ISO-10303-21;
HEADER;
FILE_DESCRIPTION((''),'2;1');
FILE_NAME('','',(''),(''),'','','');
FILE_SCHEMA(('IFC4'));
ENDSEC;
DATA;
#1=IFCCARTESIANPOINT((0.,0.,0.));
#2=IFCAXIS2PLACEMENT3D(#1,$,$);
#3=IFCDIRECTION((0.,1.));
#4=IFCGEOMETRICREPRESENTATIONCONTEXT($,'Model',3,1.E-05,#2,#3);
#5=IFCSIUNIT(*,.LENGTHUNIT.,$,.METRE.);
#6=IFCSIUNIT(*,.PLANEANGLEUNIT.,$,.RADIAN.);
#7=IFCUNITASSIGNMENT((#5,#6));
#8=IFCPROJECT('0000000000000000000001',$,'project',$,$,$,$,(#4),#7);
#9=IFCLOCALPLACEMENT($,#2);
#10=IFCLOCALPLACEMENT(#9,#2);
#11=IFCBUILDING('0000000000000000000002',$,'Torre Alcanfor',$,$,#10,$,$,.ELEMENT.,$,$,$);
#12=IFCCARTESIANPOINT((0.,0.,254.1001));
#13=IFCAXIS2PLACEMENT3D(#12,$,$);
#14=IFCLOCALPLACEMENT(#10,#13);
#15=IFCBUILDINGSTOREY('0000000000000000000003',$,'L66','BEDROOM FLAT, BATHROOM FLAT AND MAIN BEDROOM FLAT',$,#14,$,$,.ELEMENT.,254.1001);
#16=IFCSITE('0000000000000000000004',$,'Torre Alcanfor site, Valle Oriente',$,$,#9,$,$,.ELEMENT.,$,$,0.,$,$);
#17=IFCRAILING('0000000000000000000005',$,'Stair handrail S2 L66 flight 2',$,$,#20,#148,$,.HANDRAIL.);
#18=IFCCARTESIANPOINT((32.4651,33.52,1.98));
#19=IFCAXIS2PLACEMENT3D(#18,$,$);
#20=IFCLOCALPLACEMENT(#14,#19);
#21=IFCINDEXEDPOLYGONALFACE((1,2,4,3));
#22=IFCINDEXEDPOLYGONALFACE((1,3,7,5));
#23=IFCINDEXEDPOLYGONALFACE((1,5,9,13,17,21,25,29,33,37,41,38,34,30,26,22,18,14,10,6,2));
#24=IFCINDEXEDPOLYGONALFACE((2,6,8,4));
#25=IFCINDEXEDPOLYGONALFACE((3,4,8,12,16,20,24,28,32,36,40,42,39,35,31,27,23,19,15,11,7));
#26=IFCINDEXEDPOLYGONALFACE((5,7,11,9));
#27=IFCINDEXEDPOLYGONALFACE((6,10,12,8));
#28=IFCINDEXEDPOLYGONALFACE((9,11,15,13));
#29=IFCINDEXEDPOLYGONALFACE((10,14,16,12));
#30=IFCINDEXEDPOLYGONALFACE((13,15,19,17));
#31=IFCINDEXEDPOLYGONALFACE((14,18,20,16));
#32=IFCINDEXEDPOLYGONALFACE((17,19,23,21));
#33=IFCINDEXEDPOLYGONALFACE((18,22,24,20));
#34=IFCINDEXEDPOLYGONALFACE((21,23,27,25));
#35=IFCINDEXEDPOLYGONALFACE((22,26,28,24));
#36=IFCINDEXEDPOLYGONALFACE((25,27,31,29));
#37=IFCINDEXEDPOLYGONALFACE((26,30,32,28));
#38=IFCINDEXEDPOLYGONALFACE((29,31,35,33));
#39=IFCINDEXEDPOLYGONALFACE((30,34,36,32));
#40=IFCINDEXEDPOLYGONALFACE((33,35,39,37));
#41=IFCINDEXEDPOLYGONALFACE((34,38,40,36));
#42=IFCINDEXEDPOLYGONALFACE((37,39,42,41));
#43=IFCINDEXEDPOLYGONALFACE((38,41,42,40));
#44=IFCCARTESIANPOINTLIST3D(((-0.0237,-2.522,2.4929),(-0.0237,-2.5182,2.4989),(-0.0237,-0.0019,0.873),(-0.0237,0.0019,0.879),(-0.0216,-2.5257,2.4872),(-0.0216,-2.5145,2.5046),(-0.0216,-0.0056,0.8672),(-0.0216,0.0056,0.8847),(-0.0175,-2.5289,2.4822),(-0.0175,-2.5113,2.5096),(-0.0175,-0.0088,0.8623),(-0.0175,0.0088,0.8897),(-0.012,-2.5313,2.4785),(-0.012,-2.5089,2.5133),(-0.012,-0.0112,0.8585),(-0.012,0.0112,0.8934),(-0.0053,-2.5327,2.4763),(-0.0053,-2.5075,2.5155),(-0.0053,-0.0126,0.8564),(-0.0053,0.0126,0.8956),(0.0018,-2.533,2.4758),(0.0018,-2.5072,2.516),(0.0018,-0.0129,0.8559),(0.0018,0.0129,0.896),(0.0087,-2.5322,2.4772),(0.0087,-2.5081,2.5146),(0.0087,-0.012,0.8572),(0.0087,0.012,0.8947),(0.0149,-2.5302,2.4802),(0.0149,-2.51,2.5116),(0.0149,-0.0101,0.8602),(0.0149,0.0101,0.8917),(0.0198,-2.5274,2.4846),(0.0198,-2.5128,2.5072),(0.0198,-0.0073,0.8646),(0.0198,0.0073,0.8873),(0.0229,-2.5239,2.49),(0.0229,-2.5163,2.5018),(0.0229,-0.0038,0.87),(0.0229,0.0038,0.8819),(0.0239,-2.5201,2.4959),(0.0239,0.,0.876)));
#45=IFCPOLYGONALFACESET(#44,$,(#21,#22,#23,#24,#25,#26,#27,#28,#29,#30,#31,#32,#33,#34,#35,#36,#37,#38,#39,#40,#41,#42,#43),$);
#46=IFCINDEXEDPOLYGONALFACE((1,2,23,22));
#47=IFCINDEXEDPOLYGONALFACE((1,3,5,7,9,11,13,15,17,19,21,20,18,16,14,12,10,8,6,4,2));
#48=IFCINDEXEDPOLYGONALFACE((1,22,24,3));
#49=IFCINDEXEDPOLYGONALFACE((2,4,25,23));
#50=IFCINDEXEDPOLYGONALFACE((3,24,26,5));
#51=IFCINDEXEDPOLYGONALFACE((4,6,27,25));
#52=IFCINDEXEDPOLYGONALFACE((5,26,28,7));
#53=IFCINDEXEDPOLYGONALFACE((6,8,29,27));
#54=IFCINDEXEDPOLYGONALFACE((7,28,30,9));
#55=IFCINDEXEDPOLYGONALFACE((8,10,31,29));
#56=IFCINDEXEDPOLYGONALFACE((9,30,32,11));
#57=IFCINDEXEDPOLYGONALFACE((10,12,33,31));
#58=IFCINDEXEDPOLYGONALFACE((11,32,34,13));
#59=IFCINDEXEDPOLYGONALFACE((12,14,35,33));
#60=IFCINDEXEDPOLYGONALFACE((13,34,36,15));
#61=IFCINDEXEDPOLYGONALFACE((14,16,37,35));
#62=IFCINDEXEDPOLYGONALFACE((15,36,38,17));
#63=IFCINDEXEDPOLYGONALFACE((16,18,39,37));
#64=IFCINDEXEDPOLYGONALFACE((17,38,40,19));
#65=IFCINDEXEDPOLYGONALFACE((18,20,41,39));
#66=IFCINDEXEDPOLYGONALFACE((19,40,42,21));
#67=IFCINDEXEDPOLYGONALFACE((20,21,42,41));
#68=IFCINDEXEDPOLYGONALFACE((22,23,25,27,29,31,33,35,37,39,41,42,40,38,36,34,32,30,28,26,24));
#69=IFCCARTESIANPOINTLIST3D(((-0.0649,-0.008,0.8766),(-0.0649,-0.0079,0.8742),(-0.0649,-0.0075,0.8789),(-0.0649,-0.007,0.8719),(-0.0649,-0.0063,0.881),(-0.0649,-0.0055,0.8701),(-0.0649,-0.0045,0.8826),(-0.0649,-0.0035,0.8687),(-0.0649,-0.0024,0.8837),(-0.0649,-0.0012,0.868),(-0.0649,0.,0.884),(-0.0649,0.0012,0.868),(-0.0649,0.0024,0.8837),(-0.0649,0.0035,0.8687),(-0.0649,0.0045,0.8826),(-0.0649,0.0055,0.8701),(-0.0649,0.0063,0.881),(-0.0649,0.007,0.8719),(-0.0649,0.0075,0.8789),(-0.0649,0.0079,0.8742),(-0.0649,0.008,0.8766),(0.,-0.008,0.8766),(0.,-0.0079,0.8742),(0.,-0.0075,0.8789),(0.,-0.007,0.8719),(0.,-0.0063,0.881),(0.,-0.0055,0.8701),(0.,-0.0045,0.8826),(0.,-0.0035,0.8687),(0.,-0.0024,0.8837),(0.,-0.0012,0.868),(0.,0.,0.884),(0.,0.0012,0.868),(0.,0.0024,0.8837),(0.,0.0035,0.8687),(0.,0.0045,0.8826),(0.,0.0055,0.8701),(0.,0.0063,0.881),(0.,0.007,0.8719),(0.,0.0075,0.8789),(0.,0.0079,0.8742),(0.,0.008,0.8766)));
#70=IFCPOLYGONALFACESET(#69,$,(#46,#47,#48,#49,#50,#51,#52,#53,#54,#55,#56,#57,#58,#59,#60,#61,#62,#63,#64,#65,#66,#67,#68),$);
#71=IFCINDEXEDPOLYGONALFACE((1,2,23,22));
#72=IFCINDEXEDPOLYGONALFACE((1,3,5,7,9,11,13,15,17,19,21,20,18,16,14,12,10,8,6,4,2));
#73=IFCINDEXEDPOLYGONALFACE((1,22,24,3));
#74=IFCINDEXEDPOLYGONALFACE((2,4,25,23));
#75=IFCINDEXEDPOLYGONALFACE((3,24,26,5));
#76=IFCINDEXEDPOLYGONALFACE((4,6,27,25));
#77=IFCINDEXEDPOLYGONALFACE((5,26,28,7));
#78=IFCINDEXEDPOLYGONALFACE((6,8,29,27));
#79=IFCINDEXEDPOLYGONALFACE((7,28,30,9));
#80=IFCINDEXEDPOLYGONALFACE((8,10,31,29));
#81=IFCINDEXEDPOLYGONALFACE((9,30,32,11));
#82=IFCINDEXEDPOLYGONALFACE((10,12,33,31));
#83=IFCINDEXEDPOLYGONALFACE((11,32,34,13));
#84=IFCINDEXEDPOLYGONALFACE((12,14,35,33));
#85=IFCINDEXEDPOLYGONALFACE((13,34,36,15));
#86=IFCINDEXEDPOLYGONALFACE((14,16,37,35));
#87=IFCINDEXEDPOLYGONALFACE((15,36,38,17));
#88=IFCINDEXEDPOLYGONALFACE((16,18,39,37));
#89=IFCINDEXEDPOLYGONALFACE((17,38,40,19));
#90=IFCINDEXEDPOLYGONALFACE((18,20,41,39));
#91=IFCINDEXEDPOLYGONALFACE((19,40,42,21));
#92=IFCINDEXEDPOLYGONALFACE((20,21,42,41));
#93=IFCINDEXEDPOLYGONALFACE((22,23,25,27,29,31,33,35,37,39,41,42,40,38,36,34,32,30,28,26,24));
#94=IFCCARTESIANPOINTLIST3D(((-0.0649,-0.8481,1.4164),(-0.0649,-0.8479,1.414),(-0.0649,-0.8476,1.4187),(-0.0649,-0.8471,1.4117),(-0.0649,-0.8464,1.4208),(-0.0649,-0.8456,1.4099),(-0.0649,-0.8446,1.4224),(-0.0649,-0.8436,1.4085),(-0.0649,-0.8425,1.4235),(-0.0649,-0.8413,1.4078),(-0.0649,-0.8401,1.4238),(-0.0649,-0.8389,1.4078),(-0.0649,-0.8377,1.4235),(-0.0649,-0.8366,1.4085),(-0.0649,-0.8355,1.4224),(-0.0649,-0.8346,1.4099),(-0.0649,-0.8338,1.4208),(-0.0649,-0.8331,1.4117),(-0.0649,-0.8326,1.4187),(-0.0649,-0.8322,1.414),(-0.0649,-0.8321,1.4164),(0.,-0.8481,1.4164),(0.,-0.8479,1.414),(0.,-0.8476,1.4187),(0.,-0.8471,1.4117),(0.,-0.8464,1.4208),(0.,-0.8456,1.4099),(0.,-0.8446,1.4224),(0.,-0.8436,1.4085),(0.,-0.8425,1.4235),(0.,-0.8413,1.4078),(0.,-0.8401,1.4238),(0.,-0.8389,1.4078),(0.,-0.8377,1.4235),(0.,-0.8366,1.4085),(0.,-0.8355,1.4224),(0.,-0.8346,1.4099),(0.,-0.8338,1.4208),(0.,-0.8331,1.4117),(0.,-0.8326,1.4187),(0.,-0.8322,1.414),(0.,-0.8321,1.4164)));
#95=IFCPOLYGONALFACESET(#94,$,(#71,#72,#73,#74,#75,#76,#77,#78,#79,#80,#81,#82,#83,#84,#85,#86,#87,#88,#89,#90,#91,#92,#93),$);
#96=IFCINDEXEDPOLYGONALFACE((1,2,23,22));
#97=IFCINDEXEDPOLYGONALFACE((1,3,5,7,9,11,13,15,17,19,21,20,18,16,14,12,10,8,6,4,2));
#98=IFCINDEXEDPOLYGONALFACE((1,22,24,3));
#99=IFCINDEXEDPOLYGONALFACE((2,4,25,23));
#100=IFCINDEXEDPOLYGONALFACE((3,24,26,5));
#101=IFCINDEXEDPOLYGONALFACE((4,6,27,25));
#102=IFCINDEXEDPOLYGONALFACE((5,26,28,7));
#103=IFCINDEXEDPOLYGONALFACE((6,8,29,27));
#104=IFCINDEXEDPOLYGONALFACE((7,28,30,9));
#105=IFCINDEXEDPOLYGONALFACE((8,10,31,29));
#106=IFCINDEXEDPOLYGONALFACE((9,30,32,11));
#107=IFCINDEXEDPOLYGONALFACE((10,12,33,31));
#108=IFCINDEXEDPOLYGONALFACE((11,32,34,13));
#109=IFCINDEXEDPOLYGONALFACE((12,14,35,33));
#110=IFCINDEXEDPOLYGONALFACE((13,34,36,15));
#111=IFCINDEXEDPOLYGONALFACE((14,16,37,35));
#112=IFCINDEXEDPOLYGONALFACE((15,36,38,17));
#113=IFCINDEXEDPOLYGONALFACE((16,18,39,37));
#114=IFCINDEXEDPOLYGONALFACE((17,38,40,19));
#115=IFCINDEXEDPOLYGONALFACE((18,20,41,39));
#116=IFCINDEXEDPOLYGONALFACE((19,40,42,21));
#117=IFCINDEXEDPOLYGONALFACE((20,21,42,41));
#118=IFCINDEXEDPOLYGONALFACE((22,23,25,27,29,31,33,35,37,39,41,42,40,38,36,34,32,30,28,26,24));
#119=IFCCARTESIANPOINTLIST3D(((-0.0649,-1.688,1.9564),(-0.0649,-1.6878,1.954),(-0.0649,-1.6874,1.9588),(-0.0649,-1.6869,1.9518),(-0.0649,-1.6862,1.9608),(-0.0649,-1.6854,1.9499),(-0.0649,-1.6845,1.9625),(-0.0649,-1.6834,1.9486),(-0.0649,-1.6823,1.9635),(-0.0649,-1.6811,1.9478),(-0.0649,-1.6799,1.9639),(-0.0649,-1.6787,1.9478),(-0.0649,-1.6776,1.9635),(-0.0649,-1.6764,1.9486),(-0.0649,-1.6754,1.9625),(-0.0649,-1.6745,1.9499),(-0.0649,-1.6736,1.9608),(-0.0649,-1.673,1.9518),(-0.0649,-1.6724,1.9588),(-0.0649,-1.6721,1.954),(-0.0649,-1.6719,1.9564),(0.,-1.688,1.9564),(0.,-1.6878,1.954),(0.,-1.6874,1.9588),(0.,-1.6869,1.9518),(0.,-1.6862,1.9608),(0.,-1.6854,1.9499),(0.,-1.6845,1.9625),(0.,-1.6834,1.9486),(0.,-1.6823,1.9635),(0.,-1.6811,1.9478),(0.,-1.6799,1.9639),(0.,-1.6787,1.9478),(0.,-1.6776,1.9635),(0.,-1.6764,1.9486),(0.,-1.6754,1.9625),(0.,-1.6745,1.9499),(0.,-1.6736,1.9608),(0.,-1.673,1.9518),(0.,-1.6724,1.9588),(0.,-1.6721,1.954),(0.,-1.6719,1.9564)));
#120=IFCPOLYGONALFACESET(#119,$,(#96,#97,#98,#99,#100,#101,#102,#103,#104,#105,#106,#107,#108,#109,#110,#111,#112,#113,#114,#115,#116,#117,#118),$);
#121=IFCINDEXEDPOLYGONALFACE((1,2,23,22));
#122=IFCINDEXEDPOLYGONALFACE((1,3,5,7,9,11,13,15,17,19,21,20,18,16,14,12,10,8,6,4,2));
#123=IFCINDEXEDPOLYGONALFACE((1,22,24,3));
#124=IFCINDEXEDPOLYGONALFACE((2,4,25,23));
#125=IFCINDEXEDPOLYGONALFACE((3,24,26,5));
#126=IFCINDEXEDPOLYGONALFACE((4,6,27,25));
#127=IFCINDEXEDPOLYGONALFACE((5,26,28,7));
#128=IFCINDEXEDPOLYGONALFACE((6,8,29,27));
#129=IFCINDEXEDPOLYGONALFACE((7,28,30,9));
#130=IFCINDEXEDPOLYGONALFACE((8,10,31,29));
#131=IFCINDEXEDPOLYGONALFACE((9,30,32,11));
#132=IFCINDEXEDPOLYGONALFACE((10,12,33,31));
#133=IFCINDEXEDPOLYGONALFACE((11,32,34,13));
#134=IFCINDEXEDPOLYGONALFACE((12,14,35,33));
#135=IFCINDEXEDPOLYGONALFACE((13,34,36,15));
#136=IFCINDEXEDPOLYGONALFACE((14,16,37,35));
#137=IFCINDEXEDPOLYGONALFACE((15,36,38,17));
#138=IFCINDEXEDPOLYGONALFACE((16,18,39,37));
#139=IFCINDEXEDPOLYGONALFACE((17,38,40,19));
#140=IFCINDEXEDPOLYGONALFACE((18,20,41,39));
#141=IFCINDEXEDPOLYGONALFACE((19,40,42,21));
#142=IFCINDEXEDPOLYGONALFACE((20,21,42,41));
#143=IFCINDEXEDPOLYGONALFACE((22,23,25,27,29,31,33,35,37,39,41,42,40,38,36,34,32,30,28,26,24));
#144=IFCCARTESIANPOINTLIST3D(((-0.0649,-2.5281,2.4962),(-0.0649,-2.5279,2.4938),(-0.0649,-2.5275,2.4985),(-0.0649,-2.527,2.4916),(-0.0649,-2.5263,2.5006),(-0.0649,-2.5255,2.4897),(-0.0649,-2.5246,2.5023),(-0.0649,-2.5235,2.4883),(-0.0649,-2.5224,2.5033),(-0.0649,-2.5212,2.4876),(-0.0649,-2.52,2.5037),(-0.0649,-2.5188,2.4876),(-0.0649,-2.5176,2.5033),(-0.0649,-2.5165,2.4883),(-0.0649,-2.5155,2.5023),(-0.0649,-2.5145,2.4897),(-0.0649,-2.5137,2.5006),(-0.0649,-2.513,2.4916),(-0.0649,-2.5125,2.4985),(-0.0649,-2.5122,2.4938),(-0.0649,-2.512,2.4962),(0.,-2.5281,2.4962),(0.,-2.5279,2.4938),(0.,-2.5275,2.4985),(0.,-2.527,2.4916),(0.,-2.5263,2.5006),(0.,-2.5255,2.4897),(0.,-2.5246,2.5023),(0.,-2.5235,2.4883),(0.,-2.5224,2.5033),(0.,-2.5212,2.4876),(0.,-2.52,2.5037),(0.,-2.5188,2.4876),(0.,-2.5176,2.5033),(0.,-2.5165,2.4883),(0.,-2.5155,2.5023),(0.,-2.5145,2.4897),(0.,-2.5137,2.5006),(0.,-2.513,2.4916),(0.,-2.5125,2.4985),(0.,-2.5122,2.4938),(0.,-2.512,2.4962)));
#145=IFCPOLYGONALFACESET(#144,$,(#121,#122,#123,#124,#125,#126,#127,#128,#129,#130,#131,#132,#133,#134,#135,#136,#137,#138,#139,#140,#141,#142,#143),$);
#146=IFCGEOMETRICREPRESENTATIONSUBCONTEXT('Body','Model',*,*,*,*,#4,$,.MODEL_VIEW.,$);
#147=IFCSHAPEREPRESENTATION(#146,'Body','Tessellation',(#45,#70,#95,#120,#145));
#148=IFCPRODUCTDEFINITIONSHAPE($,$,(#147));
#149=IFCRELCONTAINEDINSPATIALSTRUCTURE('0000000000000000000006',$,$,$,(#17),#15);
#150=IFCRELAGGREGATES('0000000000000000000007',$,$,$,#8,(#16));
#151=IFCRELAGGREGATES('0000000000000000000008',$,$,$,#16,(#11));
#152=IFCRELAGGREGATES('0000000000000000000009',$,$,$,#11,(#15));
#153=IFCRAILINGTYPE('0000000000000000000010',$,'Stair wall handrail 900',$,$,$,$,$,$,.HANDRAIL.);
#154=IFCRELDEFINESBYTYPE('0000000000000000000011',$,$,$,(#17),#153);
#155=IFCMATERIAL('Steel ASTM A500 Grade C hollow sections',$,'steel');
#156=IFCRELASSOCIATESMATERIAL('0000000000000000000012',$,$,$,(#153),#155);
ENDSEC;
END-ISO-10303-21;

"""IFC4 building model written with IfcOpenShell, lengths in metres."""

from ifc_helpers import new_model, si_unit, direction, frame, origin, origin_2d, place, context, subcontext, project, spatial, circle, extrude, material, type_object, element, save


model = new_model("IFC4")

# Units and contexts
model_context = context("Model", 3, precision=1e-05, world=origin(), true_north=direction((0.0, 1.0)))
body_context = subcontext(model_context, "Body", "Model", "MODEL_VIEW")
ifc_project = project(units=[si_unit("LENGTHUNIT", "METRE"), si_unit("PLANEANGLEUNIT", "RADIAN")], contexts=[model_context])

# Site, building, storey
site_placement = place(None, origin())
site = spatial("IfcSite", under=ifc_project, at=site_placement, Name="Torre Alcanfor site, Valle Oriente", CompositionType="ELEMENT", RefElevation=0.0)
building_placement = place(site_placement, origin())
building = spatial("IfcBuilding", under=site, at=building_placement, Name="Torre Alcanfor", CompositionType="ELEMENT")
storey_placement = place(building_placement, frame((0.0, 0.0, 254.1001)))
storey = spatial("IfcBuildingStorey", under=building, at=storey_placement, Name="L66", Description="BEDROOM FLAT, BATHROOM FLAT AND MAIN BEDROOM FLAT", CompositionType="ELEMENT", Elevation=254.1001)

# Railing
ifc_material_1 = material(Name="Steel ASTM A500 Grade C hollow sections", Category="steel")
railing_type_1 = type_object("IfcRailingType", Name="Stair wall handrail 900", PredefinedType="HANDRAIL", material=ifc_material_1)
railing_1_placement = place(storey_placement, frame((32.4651, 33.52, 1.98)))
element("IfcRailing", 1, at=railing_1_placement, inside=storey, type_object=railing_type_1, Name="Stair handrail S2 L66 flight 2", PredefinedType="HANDRAIL", context=body_context, shape_type="SweptSolid", body=[
    extrude(circle(Radius=0.0239, at=origin_2d()), frame((0.0, 0.0, 0.876), z_axis=(0.0, -0.8412, 0.540725), x_axis=(1.0, 0.0, 0.0)), (0.0, 0.0, 1.0), 2.9958),
    extrude(circle(Radius=0.0081, at=origin_2d()), frame((0.0, 0.0, 0.876), z_axis=(-1.0, 0.0, 0.0), x_axis=(0.0, 0.0, 1.0)), (0.0, 0.0, 1.0), 0.0649),
    extrude(circle(Radius=0.0081, at=origin_2d()), frame((0.0, -0.8401, 1.4158), z_axis=(-1.0, 0.0, 0.0), x_axis=(0.0, 0.0, 1.0)), (0.0, 0.0, 1.0), 0.0649),
    extrude(circle(Radius=0.0081, at=origin_2d()), frame((0.0, -1.6799, 1.9558), z_axis=(-1.0, 0.0, 0.0), x_axis=(0.0, 0.0, 1.0)), (0.0, 0.0, 1.0), 0.0649),
    extrude(circle(Radius=0.0081, at=origin_2d()), frame((0.0, -2.52, 2.4956), z_axis=(-1.0, 0.0, 0.0), x_axis=(0.0, 0.0, 1.0)), (0.0, 0.0, 1.0), 0.0649),
])

save(model, "model.ifc")
